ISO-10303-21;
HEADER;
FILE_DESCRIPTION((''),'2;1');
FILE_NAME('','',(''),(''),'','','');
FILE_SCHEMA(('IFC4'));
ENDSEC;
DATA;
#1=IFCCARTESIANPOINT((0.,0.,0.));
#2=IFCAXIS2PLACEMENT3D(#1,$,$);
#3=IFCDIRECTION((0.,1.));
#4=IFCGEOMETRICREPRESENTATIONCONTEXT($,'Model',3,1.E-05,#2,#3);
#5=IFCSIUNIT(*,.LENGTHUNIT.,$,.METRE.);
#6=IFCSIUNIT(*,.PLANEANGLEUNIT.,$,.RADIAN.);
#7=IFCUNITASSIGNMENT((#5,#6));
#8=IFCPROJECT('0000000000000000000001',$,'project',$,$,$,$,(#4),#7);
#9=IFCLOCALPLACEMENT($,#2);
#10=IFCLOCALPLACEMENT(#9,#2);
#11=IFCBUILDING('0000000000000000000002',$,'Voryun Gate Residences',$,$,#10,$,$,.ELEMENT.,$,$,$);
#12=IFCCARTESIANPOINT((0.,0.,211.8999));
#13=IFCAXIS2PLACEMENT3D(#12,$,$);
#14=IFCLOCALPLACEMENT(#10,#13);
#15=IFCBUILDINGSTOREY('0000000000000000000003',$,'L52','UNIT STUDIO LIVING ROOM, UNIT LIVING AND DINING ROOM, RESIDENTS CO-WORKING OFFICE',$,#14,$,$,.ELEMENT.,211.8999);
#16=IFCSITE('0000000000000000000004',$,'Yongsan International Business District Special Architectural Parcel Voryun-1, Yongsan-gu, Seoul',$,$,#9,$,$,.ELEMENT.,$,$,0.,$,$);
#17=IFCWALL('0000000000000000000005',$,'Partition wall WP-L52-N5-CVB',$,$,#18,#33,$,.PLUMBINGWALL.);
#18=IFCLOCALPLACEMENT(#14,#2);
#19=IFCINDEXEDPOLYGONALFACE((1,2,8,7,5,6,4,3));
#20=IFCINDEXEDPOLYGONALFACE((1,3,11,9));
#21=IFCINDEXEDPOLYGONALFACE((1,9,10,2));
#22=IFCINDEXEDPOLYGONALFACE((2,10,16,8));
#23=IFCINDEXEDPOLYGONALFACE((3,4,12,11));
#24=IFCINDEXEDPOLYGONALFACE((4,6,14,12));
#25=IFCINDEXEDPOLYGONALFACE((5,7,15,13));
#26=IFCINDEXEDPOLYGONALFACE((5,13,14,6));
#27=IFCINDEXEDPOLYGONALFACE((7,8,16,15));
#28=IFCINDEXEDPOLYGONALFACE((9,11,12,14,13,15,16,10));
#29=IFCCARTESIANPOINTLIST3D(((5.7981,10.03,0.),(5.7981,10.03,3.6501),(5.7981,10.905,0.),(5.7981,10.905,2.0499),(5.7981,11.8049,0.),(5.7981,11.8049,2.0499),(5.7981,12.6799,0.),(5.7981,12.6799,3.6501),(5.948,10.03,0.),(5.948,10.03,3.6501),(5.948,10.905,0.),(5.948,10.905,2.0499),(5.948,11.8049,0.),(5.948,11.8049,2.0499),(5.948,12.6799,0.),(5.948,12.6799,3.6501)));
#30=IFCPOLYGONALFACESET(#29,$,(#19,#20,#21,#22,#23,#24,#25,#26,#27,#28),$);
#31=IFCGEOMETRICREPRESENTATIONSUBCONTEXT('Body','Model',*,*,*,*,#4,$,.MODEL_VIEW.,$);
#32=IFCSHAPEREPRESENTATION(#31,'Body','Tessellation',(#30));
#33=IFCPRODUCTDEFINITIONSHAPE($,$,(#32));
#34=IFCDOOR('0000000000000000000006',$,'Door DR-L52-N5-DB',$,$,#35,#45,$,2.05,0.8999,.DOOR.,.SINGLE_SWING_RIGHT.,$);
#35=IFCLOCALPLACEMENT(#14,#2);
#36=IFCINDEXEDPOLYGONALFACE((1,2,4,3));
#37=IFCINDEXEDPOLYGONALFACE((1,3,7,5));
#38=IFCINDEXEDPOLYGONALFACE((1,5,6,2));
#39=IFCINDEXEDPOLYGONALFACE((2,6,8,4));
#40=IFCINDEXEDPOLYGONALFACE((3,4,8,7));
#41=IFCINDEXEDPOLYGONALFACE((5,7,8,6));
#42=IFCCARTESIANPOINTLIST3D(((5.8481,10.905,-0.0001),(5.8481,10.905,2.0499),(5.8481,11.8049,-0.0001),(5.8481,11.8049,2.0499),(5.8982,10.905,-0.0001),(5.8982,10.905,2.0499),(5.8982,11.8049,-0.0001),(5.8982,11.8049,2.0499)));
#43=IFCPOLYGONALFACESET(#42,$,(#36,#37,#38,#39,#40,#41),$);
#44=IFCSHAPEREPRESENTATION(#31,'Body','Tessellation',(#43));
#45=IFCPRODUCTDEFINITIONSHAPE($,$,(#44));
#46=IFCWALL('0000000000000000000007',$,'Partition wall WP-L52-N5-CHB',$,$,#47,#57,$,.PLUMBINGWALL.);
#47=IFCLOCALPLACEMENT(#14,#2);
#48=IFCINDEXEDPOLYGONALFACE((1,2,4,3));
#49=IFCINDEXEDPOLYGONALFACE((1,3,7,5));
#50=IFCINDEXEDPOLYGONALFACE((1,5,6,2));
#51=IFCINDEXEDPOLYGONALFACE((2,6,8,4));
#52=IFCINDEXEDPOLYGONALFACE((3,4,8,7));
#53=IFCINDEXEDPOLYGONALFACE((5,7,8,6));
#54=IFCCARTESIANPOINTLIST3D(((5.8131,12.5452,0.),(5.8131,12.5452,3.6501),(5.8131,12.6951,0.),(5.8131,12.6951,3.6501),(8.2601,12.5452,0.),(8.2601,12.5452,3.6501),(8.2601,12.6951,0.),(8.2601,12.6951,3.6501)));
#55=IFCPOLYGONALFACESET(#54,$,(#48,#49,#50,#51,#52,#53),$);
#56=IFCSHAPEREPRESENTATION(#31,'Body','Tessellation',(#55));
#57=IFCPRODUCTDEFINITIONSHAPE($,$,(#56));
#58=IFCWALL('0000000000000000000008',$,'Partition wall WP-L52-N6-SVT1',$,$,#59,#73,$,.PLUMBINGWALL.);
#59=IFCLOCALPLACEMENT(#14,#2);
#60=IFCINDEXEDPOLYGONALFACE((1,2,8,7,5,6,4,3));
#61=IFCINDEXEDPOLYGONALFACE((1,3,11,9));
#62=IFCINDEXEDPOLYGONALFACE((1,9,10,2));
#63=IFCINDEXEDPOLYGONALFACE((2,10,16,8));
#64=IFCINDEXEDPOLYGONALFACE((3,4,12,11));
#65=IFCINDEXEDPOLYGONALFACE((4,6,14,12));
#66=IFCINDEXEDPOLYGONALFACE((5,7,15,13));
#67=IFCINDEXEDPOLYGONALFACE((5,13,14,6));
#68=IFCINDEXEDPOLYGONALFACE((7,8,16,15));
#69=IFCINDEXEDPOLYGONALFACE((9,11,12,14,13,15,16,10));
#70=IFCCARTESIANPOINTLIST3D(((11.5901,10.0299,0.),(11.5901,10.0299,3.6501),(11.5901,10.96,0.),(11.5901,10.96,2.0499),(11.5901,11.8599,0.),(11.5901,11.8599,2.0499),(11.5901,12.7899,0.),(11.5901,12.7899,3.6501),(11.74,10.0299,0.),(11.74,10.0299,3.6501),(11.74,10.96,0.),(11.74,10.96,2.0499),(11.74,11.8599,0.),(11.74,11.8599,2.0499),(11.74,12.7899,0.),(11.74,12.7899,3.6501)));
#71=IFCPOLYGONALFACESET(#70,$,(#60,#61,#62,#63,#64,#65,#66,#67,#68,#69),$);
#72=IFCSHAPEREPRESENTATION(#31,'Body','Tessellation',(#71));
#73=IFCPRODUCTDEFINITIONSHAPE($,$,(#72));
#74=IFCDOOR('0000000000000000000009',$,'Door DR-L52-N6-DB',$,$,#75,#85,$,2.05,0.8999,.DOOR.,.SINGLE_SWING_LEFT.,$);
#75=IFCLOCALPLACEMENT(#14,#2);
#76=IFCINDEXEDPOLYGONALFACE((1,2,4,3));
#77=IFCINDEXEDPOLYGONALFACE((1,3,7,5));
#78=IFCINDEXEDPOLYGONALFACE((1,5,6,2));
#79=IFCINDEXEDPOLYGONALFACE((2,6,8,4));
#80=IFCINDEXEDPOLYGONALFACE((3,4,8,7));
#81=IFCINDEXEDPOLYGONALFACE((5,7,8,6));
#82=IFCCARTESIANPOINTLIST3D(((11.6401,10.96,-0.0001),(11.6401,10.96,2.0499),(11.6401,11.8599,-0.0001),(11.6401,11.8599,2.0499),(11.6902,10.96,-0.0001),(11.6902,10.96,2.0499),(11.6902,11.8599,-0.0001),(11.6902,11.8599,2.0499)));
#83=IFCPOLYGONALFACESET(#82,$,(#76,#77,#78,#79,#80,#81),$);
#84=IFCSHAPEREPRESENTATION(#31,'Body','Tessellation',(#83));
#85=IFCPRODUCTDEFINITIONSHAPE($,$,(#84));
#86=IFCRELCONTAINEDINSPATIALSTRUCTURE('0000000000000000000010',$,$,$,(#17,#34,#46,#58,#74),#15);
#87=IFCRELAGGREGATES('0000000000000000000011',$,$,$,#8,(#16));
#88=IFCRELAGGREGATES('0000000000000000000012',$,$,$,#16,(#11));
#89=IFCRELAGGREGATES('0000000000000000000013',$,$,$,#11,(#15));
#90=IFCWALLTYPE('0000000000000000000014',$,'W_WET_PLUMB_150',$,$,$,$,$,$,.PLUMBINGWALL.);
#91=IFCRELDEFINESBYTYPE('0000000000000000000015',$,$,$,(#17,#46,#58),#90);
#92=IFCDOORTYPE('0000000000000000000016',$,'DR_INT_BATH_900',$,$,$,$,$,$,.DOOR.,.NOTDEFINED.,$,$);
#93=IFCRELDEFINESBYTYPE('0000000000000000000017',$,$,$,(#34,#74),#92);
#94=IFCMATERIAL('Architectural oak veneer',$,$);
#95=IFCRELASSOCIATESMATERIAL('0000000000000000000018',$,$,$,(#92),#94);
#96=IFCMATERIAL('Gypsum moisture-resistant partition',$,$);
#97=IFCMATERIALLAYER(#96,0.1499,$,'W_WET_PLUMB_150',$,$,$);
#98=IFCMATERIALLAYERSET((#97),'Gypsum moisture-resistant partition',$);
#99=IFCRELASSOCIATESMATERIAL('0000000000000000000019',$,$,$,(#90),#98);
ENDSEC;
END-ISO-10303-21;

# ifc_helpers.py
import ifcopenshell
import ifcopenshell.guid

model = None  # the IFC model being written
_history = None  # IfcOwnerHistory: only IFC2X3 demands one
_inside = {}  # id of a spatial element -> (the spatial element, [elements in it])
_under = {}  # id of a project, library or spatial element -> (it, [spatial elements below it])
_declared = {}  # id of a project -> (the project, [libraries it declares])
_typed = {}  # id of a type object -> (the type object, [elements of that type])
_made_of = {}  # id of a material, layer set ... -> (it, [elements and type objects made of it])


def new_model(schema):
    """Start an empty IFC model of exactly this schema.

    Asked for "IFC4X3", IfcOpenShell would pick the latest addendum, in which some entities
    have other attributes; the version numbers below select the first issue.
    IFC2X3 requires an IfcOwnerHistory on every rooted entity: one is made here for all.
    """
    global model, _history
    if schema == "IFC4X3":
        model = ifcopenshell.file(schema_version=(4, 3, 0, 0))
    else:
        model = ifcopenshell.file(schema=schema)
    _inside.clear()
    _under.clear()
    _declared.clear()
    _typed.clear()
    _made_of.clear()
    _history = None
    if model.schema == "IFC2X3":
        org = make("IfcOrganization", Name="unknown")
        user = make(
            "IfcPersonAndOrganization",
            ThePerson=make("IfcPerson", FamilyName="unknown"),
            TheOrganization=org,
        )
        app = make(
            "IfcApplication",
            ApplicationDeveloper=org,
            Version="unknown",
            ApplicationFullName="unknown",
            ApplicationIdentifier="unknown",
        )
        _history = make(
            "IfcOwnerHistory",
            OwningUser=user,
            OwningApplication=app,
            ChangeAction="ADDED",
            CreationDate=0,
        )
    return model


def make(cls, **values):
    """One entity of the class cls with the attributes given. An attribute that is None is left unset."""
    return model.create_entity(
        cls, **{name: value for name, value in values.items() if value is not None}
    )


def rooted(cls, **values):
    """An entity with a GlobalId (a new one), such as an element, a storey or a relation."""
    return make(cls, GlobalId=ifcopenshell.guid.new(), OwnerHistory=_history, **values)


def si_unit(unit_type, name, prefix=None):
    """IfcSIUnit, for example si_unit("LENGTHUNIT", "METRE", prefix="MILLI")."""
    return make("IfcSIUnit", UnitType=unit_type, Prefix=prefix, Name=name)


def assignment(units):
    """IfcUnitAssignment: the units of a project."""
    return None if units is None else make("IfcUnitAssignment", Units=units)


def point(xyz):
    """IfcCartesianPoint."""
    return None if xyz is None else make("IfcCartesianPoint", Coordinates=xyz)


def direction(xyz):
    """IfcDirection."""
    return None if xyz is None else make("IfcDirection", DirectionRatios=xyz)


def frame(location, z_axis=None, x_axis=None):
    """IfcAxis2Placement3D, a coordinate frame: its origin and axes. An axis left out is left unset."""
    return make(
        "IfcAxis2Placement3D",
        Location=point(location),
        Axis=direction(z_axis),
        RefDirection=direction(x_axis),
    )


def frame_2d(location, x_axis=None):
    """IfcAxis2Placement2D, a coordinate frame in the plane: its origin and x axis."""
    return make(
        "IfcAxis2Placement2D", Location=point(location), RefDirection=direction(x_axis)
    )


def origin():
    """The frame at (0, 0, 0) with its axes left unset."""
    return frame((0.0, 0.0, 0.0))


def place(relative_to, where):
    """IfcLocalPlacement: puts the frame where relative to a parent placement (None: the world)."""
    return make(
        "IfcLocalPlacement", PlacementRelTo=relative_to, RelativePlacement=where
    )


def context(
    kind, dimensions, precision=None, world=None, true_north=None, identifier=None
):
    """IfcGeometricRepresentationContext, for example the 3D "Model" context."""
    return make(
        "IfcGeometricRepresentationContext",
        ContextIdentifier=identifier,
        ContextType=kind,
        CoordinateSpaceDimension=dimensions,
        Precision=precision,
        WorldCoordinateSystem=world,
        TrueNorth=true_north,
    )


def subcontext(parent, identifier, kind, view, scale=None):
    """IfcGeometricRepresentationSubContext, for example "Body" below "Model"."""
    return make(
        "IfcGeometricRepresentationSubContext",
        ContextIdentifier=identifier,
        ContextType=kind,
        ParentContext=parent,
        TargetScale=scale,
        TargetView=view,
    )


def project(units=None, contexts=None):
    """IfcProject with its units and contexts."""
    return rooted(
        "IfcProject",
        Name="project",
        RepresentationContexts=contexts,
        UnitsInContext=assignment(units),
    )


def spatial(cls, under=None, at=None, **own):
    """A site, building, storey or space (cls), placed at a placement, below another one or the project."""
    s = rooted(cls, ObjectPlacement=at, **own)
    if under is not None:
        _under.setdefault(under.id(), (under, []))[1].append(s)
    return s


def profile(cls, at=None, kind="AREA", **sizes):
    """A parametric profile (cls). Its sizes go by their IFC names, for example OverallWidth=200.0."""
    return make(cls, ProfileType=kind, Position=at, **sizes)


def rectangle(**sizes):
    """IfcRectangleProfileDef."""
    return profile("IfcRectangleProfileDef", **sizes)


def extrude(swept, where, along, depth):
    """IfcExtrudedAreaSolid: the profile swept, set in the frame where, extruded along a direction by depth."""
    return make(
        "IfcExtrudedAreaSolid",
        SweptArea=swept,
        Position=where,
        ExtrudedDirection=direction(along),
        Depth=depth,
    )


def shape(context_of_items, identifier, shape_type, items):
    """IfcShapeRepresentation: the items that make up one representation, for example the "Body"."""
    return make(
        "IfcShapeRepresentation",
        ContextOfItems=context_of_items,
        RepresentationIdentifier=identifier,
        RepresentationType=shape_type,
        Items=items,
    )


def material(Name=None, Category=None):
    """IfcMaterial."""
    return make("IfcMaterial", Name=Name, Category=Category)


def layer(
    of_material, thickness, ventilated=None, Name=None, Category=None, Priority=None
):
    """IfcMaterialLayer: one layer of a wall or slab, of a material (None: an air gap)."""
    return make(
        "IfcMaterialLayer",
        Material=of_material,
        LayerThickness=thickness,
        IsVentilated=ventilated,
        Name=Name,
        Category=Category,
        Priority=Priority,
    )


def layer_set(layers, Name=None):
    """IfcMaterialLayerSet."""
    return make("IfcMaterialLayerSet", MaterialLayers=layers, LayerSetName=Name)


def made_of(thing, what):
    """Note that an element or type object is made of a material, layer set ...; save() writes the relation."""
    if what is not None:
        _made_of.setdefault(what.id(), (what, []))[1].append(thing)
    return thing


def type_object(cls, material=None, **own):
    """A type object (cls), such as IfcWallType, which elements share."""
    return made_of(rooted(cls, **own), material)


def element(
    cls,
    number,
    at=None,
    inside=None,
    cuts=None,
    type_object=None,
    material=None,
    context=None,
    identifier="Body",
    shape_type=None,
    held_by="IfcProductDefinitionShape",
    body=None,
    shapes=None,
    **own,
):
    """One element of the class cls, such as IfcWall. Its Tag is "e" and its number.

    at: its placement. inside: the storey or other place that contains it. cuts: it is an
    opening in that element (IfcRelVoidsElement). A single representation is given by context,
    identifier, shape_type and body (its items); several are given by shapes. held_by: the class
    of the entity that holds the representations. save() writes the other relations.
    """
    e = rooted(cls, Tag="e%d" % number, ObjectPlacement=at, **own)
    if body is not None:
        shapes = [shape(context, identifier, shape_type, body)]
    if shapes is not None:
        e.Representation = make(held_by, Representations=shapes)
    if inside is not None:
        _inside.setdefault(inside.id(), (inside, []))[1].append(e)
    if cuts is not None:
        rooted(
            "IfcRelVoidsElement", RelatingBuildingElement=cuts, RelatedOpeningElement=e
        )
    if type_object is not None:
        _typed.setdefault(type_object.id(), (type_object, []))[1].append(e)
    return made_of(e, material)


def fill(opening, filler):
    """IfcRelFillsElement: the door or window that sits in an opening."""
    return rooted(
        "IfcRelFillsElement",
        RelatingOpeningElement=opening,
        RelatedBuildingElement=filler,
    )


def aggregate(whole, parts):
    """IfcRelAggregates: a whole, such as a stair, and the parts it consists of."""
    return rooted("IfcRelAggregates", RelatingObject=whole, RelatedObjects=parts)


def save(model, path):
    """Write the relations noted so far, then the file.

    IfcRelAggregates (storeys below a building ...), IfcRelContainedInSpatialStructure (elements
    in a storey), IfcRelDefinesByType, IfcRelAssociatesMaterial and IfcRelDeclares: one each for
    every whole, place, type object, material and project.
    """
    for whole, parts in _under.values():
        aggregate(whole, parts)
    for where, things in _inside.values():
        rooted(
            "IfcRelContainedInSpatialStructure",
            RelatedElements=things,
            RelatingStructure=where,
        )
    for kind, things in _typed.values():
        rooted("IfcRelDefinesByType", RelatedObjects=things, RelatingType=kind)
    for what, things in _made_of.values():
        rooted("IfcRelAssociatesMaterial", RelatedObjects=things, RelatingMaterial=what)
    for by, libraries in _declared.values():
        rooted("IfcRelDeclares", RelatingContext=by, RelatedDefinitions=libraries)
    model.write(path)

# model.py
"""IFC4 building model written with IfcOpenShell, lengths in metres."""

from ifc_helpers import new_model, si_unit, direction, frame, frame_2d, origin, place, context, subcontext, project, spatial, rectangle, extrude, material, layer, layer_set, type_object, element, fill, save


model = new_model("IFC4")

# Units and contexts
model_context = context("Model", 3, precision=1e-05, world=origin(), true_north=direction((0.0, 1.0)))
body_context = subcontext(model_context, "Body", "Model", "MODEL_VIEW")
ifc_project = project(units=[si_unit("LENGTHUNIT", "METRE"), si_unit("PLANEANGLEUNIT", "RADIAN")], contexts=[model_context])

# Site, building, storey
site_placement = place(None, origin())
site = spatial("IfcSite", under=ifc_project, at=site_placement, Name="Yongsan International Business District Special Architectural Parcel Voryun-1, Yongsan-gu, Seoul", CompositionType="ELEMENT", RefElevation=0.0)
building_placement = place(site_placement, origin())
building = spatial("IfcBuilding", under=site, at=building_placement, Name="Voryun Gate Residences", CompositionType="ELEMENT")
storey_placement = place(building_placement, frame((0.0, 0.0, 211.8999)))
storey = spatial("IfcBuildingStorey", under=building, at=storey_placement, Name="L52", Description="UNIT STUDIO LIVING ROOM, UNIT LIVING AND DINING ROOM, RESIDENTS CO-WORKING OFFICE", CompositionType="ELEMENT", Elevation=211.8999)

# Shared definitions
ifc_material_1 = material(Name="Architectural oak veneer")
door_type_1 = type_object("IfcDoorType", Name="DR_INT_BATH_900", OperationType="NOTDEFINED", PredefinedType="DOOR", material=ifc_material_1)

# Wall, opening, door
ifc_material_2 = material(Name="Gypsum moisture-resistant partition")
ifc_layer_1 = layer(ifc_material_2, 0.1499, Name="W_WET_PLUMB_150")
ifc_layer_set_1 = layer_set([ifc_layer_1], Name="Gypsum moisture-resistant partition")
wall_type_1 = type_object("IfcWallType", Name="W_WET_PLUMB_150", PredefinedType="PLUMBINGWALL", material=ifc_layer_set_1)
wall_1_placement = place(storey_placement, frame((5.873, 10.03, 0.0), z_axis=(0.0, 0.0, 1.0), x_axis=(0.0, 1.0, 0.0)))
wall_1 = element("IfcWall", 1, at=wall_1_placement, inside=storey, type_object=wall_type_1, Name="Partition wall WP-L52-N5-CVB", PredefinedType="PLUMBINGWALL", context=body_context, shape_type="SweptSolid", body=[
    extrude(rectangle(XDim=2.6499, YDim=0.1499, at=frame_2d((1.325, 0.0))), origin(), (0.0, 0.0, 1.0), 3.6501),
])
opening_1_placement = place(wall_1_placement, frame((0.875, 0.0, 0.0)))
opening_1 = element("IfcOpeningElement", 2, at=opening_1_placement, cuts=wall_1, PredefinedType="OPENING", context=body_context, shape_type="SweptSolid", body=[
    extrude(rectangle(XDim=0.8999, YDim=2.05, at=frame_2d((0.45, 1.0249))), frame((0.0, 0.085, 0.0), z_axis=(0.0, -1.0, 0.0), x_axis=(1.0, 0.0, 0.0)), (0.0, 0.0, 1.0), 0.1699),
])
door_1_placement = place(opening_1_placement, origin())
door_1 = element("IfcDoor", 3, at=door_1_placement, inside=storey, type_object=door_type_1, Name="Door DR-L52-N5-DB", OperationType="SINGLE_SWING_RIGHT", OverallHeight=2.05, OverallWidth=0.8999, PredefinedType="DOOR", context=body_context, shape_type="SweptSolid", body=[
    extrude(rectangle(XDim=0.8999, YDim=2.05, at=frame_2d((0.45, 1.0249))), frame((0.0, 0.0249, 0.0), z_axis=(0.0, -1.0, 0.0), x_axis=(1.0, 0.0, 0.0)), (0.0, 0.0, 1.0), 0.05),
])
fill(opening_1, door_1)

# Wall
wall_2_placement = place(storey_placement, frame((5.813, 12.6201, 0.0), z_axis=(0.0, 0.0, 1.0), x_axis=(1.0, 0.0, 0.0)))
element("IfcWall", 4, at=wall_2_placement, inside=storey, type_object=wall_type_1, Name="Partition wall WP-L52-N5-CHB", PredefinedType="PLUMBINGWALL", context=body_context, shape_type="SweptSolid", body=[
    extrude(rectangle(XDim=2.447, YDim=0.1499, at=frame_2d((1.2236, 0.0))), origin(), (0.0, 0.0, 1.0), 3.6501),
])

# Wall, opening, door
wall_3_placement = place(storey_placement, frame((11.665, 10.03, 0.0), z_axis=(0.0, 0.0, 1.0), x_axis=(0.0, 1.0, 0.0)))
wall_3 = element("IfcWall", 5, at=wall_3_placement, inside=storey, type_object=wall_type_1, Name="Partition wall WP-L52-N6-SVT1", PredefinedType="PLUMBINGWALL", context=body_context, shape_type="SweptSolid", body=[
    extrude(rectangle(XDim=2.76, YDim=0.1499, at=frame_2d((1.3799, 0.0))), origin(), (0.0, 0.0, 1.0), 3.6501),
])
opening_2_placement = place(wall_3_placement, frame((0.9299, 0.0, 0.0)))
opening_2 = element("IfcOpeningElement", 6, at=opening_2_placement, cuts=wall_3, PredefinedType="OPENING", context=body_context, shape_type="SweptSolid", body=[
    extrude(rectangle(XDim=0.8999, YDim=2.05, at=frame_2d((0.45, 1.0249))), frame((0.0, 0.085, 0.0), z_axis=(0.0, -1.0, 0.0), x_axis=(1.0, 0.0, 0.0)), (0.0, 0.0, 1.0), 0.1699),
])
door_2_placement = place(opening_2_placement, origin())
door_2 = element("IfcDoor", 7, at=door_2_placement, inside=storey, type_object=door_type_1, Name="Door DR-L52-N6-DB", OperationType="SINGLE_SWING_LEFT", OverallHeight=2.05, OverallWidth=0.8999, PredefinedType="DOOR", context=body_context, shape_type="SweptSolid", body=[
    extrude(rectangle(XDim=0.8999, YDim=2.05, at=frame_2d((0.45, 1.0249))), frame((0.0, 0.0249, 0.0), z_axis=(0.0, -1.0, 0.0), x_axis=(1.0, 0.0, 0.0)), (0.0, 0.0, 1.0), 0.05),
])
fill(opening_2, door_2)

save(model, "model.ifc")
